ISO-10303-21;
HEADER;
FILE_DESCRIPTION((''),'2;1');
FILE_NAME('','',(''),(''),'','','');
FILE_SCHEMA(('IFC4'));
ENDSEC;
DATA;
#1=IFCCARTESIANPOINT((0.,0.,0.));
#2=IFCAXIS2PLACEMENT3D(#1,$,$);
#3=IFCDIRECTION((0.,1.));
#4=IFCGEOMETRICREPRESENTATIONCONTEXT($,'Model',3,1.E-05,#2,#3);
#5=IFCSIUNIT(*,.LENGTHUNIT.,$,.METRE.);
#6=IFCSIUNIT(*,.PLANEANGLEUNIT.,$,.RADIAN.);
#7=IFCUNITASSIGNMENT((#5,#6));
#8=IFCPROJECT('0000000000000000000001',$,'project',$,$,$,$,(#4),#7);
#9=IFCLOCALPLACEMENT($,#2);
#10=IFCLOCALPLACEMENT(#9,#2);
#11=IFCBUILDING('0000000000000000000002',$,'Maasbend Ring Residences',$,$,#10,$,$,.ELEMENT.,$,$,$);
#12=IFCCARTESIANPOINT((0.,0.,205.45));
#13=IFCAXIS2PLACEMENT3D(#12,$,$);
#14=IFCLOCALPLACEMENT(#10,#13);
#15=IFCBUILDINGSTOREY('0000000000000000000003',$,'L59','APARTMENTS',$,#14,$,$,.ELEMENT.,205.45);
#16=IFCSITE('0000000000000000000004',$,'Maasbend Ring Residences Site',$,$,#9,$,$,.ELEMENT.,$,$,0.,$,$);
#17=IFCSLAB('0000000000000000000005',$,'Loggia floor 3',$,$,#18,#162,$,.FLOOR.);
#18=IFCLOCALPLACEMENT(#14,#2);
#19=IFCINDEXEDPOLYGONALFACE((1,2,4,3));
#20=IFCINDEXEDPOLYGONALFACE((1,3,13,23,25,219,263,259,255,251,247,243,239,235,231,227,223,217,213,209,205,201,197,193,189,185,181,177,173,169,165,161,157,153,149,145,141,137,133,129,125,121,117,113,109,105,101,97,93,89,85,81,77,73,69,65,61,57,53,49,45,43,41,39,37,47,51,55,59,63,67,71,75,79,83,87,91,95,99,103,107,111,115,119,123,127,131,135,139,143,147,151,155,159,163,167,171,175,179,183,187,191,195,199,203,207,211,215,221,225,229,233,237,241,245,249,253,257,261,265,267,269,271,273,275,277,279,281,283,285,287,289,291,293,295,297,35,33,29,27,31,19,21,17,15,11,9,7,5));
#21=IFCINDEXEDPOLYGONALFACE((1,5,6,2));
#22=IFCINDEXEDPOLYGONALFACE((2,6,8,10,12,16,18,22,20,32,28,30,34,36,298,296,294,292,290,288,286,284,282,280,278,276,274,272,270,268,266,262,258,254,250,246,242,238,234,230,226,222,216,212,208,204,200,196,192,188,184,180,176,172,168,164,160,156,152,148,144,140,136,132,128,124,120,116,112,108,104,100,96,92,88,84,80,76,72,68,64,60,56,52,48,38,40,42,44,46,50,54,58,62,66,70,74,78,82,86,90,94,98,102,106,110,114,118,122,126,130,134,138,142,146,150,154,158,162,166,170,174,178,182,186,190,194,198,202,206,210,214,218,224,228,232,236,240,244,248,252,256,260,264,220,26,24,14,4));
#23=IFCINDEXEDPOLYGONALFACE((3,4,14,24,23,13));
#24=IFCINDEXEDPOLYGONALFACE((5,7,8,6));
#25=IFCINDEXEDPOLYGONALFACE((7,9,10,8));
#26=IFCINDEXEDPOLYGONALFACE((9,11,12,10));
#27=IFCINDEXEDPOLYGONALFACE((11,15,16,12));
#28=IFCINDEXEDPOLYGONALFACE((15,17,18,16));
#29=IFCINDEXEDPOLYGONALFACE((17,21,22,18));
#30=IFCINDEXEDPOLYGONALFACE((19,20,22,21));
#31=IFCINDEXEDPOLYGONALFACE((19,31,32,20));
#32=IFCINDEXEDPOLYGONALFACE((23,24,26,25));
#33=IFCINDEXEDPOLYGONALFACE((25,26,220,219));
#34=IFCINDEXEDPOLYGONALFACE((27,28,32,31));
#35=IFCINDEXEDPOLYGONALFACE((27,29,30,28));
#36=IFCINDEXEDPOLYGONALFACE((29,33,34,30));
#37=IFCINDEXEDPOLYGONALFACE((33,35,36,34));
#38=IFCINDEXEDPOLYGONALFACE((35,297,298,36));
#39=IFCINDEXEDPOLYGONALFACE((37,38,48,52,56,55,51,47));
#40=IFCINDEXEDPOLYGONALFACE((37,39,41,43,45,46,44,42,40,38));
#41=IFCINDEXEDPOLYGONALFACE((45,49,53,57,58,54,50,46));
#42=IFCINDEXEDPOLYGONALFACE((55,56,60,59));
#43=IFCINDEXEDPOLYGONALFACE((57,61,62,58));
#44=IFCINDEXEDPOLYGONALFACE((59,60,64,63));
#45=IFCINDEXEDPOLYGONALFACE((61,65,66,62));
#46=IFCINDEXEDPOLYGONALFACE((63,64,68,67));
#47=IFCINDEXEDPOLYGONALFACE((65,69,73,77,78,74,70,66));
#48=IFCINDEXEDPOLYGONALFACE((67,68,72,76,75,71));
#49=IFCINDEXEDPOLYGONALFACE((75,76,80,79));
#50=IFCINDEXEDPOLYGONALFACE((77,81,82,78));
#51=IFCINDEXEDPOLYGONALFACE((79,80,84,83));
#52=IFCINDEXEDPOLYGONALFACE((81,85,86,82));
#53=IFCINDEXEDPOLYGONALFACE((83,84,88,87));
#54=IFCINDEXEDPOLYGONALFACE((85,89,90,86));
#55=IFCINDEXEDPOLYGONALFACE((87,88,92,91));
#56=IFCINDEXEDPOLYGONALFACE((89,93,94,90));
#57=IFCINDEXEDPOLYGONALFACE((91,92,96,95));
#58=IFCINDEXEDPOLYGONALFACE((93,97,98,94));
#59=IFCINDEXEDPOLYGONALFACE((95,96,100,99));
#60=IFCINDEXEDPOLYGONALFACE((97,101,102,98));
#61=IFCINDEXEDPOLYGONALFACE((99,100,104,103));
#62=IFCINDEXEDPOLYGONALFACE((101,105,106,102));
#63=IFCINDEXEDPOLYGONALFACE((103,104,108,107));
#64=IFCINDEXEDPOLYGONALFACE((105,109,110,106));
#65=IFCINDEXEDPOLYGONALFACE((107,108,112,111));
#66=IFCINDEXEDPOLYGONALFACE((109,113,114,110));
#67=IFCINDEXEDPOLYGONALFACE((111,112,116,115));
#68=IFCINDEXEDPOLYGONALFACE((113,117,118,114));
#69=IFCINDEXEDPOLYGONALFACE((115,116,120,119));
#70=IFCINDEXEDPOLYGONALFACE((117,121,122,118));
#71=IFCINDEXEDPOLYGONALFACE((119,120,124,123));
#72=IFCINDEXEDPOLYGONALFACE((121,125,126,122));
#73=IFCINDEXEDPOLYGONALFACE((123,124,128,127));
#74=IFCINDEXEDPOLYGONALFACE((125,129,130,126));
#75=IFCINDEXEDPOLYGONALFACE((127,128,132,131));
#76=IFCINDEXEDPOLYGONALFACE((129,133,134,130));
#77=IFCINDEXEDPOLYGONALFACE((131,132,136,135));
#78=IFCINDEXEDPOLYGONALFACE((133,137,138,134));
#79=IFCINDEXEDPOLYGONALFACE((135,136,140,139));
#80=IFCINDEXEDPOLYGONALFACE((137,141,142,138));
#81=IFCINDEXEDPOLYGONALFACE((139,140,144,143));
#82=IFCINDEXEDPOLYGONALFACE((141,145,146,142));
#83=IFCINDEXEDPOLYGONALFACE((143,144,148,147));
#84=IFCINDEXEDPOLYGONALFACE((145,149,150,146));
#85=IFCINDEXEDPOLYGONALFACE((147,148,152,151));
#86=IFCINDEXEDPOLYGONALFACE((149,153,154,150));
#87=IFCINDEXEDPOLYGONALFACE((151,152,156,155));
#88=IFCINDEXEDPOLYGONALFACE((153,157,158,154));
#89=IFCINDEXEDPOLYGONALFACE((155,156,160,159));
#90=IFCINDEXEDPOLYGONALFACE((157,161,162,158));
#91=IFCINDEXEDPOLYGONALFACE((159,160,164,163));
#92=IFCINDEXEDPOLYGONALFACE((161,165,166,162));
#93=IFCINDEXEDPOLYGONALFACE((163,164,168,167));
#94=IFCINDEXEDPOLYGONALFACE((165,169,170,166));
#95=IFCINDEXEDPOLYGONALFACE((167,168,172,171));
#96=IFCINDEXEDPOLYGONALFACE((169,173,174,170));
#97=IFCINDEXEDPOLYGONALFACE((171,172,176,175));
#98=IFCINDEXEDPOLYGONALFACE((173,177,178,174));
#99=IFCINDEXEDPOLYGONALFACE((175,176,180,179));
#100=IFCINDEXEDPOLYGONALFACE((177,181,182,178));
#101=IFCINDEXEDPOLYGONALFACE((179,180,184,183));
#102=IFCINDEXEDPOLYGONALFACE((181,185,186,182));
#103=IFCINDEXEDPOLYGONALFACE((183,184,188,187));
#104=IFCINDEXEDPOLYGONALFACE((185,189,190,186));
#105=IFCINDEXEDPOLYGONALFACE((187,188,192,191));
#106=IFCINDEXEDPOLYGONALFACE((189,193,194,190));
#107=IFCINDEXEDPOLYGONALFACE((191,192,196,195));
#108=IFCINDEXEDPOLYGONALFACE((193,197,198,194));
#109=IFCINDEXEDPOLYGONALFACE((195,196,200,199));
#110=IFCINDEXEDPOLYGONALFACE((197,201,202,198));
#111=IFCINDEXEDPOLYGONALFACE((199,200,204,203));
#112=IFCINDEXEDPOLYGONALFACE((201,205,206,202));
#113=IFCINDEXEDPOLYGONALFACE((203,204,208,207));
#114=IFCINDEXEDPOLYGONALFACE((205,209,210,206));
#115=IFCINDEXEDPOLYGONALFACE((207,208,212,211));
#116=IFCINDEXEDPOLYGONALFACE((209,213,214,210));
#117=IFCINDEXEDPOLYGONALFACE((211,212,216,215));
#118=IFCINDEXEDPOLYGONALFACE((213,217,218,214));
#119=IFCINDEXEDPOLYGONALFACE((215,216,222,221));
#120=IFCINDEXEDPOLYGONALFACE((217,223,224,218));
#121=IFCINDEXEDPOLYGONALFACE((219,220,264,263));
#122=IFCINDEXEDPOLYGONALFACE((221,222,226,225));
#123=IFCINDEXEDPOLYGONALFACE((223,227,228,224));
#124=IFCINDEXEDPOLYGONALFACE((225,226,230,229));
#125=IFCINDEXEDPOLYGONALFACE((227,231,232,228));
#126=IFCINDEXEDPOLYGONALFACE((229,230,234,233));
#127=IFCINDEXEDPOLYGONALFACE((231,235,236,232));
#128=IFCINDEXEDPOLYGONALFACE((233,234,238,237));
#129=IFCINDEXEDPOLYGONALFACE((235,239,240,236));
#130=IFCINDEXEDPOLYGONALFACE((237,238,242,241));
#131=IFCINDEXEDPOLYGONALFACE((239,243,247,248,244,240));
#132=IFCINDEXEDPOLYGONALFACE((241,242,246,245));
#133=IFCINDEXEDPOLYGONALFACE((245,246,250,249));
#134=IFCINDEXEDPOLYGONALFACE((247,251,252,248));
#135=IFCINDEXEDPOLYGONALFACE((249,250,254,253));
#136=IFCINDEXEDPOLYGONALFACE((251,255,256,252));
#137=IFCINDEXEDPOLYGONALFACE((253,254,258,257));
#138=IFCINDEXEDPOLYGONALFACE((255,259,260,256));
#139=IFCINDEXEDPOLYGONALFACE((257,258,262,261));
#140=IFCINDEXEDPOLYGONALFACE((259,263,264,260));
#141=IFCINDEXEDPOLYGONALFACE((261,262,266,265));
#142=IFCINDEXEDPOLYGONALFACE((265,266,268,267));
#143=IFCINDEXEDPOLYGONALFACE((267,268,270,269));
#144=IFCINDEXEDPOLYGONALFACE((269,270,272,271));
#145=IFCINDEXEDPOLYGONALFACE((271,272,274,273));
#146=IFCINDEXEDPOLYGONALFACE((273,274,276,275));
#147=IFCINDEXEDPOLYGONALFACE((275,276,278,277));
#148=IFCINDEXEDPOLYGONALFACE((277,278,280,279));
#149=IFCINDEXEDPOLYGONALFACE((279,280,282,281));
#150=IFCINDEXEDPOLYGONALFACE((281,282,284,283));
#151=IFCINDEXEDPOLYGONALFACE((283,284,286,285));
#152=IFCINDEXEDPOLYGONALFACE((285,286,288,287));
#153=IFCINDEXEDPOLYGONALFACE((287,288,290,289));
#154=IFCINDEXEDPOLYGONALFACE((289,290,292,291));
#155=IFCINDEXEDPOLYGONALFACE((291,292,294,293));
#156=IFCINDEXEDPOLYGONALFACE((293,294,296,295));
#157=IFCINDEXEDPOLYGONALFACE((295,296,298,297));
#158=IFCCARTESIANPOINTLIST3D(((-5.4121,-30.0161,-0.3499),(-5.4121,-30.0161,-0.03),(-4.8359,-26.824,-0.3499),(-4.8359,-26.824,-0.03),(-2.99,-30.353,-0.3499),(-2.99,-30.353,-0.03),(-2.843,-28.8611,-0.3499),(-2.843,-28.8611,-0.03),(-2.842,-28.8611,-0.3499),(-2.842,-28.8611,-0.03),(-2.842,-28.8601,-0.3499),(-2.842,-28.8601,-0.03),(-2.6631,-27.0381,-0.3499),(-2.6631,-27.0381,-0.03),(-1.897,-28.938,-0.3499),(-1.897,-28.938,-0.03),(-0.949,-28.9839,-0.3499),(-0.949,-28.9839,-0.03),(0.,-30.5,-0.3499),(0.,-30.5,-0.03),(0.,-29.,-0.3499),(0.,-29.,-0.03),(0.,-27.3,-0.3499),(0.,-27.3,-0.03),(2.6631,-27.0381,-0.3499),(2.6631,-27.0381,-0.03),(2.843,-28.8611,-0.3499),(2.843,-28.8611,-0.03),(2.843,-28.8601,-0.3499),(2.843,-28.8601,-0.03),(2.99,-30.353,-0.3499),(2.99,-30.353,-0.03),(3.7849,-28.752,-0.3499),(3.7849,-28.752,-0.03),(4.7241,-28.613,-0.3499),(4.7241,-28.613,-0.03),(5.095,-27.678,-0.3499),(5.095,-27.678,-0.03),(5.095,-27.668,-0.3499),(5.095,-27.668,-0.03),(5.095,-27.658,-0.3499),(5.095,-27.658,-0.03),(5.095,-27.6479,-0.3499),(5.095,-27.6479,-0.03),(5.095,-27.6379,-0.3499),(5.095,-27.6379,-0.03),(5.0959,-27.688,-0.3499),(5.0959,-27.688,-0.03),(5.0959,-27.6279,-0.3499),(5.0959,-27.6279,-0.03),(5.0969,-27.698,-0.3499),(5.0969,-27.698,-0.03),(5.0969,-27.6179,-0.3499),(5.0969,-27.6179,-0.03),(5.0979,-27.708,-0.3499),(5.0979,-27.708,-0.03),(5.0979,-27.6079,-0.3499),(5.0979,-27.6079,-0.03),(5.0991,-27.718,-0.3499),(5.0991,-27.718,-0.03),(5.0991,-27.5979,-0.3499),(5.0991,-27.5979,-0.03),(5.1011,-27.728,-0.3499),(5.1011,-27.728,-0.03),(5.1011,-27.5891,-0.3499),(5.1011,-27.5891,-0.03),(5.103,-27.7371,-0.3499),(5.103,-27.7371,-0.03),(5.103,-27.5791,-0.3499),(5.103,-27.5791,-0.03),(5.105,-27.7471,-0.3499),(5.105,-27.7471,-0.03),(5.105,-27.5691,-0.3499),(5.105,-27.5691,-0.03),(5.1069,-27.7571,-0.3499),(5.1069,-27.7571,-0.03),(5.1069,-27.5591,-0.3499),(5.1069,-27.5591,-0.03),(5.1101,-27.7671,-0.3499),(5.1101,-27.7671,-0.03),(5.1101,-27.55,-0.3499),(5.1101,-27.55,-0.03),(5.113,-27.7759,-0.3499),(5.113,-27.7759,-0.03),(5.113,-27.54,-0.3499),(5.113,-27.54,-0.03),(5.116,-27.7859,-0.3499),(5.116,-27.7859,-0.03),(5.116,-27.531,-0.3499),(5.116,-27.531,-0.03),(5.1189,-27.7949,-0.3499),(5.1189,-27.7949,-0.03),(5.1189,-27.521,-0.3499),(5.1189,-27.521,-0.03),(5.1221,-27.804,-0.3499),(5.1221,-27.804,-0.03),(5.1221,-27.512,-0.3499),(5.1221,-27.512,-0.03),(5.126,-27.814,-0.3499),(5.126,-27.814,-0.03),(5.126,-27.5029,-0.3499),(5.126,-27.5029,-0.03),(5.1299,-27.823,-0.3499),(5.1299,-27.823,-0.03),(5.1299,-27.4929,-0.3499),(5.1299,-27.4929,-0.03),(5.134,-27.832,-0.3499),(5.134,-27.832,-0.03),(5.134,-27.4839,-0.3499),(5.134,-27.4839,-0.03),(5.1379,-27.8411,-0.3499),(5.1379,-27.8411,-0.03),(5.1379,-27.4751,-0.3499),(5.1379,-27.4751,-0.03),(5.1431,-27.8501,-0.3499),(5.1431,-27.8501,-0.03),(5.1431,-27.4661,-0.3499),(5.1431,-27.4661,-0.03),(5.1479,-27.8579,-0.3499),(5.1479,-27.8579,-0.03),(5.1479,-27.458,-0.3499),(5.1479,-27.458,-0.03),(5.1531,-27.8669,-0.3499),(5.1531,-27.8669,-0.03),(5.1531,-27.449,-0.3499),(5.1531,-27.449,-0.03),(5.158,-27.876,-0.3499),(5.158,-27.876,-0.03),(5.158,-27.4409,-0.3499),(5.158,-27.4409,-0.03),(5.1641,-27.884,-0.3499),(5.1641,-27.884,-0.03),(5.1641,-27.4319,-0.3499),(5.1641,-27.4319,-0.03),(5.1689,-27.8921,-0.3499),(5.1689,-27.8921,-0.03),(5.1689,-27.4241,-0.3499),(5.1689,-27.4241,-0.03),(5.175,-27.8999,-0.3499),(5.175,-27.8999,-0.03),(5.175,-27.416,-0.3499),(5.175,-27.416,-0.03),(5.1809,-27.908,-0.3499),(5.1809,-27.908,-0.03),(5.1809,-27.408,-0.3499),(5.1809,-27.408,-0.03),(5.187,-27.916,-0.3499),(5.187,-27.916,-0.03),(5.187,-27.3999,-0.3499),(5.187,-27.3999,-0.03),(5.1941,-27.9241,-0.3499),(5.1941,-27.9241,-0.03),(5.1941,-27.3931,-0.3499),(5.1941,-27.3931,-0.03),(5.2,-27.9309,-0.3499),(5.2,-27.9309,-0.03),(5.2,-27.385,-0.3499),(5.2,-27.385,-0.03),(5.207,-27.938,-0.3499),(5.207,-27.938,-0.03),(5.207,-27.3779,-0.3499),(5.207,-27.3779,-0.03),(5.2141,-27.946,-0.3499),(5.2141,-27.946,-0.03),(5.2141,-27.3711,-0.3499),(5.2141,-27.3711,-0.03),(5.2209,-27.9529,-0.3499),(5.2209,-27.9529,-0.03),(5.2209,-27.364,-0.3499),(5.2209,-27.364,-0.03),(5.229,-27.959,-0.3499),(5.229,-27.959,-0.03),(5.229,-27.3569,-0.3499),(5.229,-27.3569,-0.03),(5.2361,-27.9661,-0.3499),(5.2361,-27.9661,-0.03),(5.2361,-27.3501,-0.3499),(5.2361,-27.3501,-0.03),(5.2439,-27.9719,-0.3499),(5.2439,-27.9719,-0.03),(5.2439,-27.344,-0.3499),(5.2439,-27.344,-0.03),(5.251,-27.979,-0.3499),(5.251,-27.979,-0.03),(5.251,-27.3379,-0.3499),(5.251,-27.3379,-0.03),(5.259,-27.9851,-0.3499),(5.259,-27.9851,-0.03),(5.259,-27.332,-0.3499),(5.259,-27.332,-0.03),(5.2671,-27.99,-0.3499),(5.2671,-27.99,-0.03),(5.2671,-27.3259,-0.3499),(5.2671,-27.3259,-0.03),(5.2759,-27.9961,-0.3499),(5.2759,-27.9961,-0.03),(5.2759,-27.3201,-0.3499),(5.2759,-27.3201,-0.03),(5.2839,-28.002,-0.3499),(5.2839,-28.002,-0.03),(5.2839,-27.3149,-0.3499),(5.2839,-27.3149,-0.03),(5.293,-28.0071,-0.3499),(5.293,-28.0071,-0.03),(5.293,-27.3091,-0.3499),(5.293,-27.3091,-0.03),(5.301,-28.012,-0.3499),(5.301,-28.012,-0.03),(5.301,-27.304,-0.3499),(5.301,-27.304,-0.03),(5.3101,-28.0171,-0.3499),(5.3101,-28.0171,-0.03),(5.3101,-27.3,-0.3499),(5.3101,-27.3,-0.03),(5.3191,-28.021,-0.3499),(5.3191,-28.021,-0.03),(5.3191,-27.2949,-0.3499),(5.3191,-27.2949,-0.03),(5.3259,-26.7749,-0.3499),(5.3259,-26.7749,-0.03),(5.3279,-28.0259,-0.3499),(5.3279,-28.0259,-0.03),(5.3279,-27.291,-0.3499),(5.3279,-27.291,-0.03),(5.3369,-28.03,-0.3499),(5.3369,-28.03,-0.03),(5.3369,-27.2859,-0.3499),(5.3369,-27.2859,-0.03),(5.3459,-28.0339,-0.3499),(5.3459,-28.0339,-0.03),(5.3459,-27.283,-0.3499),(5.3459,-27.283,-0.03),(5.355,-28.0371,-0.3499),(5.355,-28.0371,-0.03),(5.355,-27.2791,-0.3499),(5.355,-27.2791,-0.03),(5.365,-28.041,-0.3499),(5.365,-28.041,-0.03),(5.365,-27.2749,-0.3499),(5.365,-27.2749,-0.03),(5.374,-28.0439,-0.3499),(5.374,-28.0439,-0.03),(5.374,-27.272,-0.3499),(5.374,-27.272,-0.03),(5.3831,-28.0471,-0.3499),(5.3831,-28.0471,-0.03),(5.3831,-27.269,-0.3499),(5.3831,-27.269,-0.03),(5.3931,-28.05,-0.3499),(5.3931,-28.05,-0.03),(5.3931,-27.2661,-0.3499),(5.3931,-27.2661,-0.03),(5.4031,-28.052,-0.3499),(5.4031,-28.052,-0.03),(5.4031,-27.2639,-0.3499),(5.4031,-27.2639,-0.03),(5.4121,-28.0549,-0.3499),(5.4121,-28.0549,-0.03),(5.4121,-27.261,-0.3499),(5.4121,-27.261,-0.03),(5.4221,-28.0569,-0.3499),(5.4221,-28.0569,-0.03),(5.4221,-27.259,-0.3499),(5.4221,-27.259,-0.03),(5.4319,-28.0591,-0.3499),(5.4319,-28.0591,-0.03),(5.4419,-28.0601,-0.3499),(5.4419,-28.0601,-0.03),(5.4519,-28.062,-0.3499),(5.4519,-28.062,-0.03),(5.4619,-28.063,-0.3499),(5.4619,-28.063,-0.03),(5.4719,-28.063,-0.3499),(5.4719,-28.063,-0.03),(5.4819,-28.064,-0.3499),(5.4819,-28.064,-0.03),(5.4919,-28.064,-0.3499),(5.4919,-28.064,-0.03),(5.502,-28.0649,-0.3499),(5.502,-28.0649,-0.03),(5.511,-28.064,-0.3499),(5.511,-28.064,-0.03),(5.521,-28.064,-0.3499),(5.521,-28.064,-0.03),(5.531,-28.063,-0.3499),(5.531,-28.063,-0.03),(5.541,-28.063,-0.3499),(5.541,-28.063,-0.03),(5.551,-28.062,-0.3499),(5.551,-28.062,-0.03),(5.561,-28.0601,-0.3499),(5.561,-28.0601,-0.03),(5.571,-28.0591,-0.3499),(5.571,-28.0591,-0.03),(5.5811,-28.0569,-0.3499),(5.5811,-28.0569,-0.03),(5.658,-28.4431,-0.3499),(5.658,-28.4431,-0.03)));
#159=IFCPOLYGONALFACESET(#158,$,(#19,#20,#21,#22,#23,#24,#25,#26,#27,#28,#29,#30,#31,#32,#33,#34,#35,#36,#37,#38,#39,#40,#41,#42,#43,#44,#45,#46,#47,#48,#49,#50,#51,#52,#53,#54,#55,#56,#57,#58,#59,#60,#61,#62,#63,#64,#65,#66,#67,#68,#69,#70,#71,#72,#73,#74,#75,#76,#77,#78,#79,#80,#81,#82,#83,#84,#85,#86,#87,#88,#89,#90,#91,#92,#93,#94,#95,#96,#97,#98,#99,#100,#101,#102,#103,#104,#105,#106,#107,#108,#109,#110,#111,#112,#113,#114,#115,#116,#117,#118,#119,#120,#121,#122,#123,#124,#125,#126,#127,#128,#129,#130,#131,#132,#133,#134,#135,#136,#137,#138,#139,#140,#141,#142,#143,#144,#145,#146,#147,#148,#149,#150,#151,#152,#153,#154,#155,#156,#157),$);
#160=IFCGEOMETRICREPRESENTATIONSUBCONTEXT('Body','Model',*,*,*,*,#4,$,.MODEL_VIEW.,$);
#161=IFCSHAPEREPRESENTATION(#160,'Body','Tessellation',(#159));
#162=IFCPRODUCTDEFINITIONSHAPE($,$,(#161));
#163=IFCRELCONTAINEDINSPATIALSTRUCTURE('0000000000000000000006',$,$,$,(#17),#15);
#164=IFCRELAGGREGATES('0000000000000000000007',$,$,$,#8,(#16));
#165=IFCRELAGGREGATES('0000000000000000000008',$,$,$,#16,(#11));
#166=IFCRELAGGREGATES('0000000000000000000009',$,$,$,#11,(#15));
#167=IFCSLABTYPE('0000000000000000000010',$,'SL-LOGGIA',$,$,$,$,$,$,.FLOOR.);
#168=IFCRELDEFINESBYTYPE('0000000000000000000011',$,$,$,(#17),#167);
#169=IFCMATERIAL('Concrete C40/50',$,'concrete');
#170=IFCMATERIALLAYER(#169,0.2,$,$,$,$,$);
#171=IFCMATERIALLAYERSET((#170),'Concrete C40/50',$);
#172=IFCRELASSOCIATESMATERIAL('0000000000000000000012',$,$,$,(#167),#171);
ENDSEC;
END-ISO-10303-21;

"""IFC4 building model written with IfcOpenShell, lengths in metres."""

from ifc_helpers import new_model, si_unit, direction, frame, origin, place, context, subcontext, project, spatial, polyline, outline, extrude, material, layer, layer_set, type_object, element, save


model = new_model("IFC4")

# Units and contexts
model_context = context("Model", 3, precision=1e-05, world=origin(), true_north=direction((0.0, 1.0)))
body_context = subcontext(model_context, "Body", "Model", "MODEL_VIEW")
ifc_project = project(units=[si_unit("LENGTHUNIT", "METRE"), si_unit("PLANEANGLEUNIT", "RADIAN")], contexts=[model_context])

# Site, building, storey
site_placement = place(None, origin())
site = spatial("IfcSite", under=ifc_project, at=site_placement, Name="Maasbend Ring Residences Site", CompositionType="ELEMENT", RefElevation=0.0)
building_placement = place(site_placement, origin())
building = spatial("IfcBuilding", under=site, at=building_placement, Name="Maasbend Ring Residences", CompositionType="ELEMENT")
storey_placement = place(building_placement, frame((0.0, 0.0, 205.45)))
storey = spatial("IfcBuildingStorey", under=building, at=storey_placement, Name="L59", Description="APARTMENTS", CompositionType="ELEMENT", Elevation=205.45)

# Slab
ifc_material_1 = material(Name="Concrete C40/50", Category="concrete")
ifc_layer_1 = layer(ifc_material_1, 0.2)
ifc_layer_set_1 = layer_set([ifc_layer_1], Name="Concrete C40/50")
slab_type = type_object("IfcSlabType", Name="SL-LOGGIA", PredefinedType="FLOOR", material=ifc_layer_set_1)
slab_1_placement = place(storey_placement, frame((0.0, 0.0, -0.3499)))
element("IfcSlab", 1, at=slab_1_placement, inside=storey, type_object=slab_type, Name="Loggia floor 3", PredefinedType="FLOOR", context=body_context, shape_type="SweptSolid", body=[
    extrude(outline(polyline([(-2.6631, -27.0381), (0.0, -27.3), (0.0, -27.3), (0.0, -27.3), (2.6631, -27.0381), (5.3259, -26.7749), (5.3259, -26.7749), (5.3259, -26.7749), (5.4221, -27.259), (5.4221, -27.259), (5.4121, -27.261), (5.4031, -27.2639), (5.3931, -27.2661), (5.3831, -27.269), (5.374, -27.272), (5.365, -27.2749), (5.355, -27.2791), (5.3459, -27.283), (5.3369, -27.2859), (5.3279, -27.291), (5.3191, -27.2949), (5.3101, -27.3), (5.301, -27.304), (5.293, -27.3091), (5.2839, -27.3149), (5.2759, -27.3201), (5.2671, -27.3259), (5.259, -27.332), (5.251, -27.3379), (5.2439, -27.344), (5.2361, -27.3501), (5.229, -27.3569), (5.2209, -27.364), (5.2141, -27.3711), (5.207, -27.3779), (5.2, -27.385), (5.1941, -27.3931), (5.187, -27.3999), (5.1809, -27.408), (5.175, -27.416), (5.1689, -27.4241), (5.1641, -27.4319), (5.158, -27.4409), (5.1531, -27.449), (5.1479, -27.458), (5.1431, -27.4661), (5.1379, -27.4751), (5.134, -27.4839), (5.1299, -27.4929), (5.126, -27.5029), (5.1221, -27.512), (5.1189, -27.521), (5.116, -27.531), (5.113, -27.54), (5.1101, -27.55), (5.1069, -27.5591), (5.105, -27.5691), (5.103, -27.5791), (5.1011, -27.5891), (5.0991, -27.5979), (5.0979, -27.6079), (5.0969, -27.6179), (5.0959, -27.6279), (5.095, -27.6379), (5.095, -27.6479), (5.095, -27.658), (5.095, -27.668), (5.095, -27.678), (5.0959, -27.688), (5.0969, -27.698), (5.0979, -27.708), (5.0991, -27.718), (5.1011, -27.728), (5.103, -27.7371), (5.105, -27.7471), (5.1069, -27.7571), (5.1101, -27.7671), (5.113, -27.7759), (5.116, -27.7859), (5.1189, -27.7949), (5.1221, -27.804), (5.126, -27.814), (5.1299, -27.823), (5.134, -27.832), (5.1379, -27.8411), (5.1431, -27.8501), (5.1479, -27.8579), (5.1531, -27.8669), (5.158, -27.876), (5.1641, -27.884), (5.1689, -27.8921), (5.175, -27.8999), (5.1809, -27.908), (5.187, -27.916), (5.1941, -27.9241), (5.2, -27.9309), (5.207, -27.938), (5.2141, -27.946), (5.2209, -27.9529), (5.229, -27.959), (5.2361, -27.9661), (5.2439, -27.9719), (5.251, -27.979), (5.259, -27.9851), (5.2671, -27.99), (5.2759, -27.9961), (5.2839, -28.002), (5.293, -28.0071), (5.301, -28.012), (5.3101, -28.0171), (5.3191, -28.021), (5.3279, -28.0259), (5.3369, -28.03), (5.3459, -28.0339), (5.355, -28.0371), (5.365, -28.041), (5.374, -28.0439), (5.3831, -28.0471), (5.3931, -28.05), (5.4031, -28.052), (5.4121, -28.0549), (5.4221, -28.0569), (5.4319, -28.0591), (5.4419, -28.0601), (5.4519, -28.062), (5.4619, -28.063), (5.4719, -28.063), (5.4819, -28.064), (5.4919, -28.064), (5.502, -28.0649), (5.511, -28.064), (5.521, -28.064), (5.531, -28.063), (5.541, -28.063), (5.551, -28.062), (5.561, -28.0601), (5.571, -28.0591), (5.5811, -28.0569), (5.5811, -28.0569), (5.658, -28.4431), (5.658, -28.4431), (5.658, -28.4431), (4.7241, -28.613), (4.7241, -28.613), (3.7849, -28.752), (3.7849, -28.752), (2.843, -28.8601), (2.843, -28.8601), (2.843, -28.8601), (2.843, -28.8601), (2.843, -28.8601), (2.843, -28.8601), (2.843, -28.8601), (2.843, -28.8601), (2.843, -28.8601), (2.843, -28.8611), (2.843, -28.8611), (2.843, -28.8611), (2.843, -28.8611), (2.843, -28.8611), (2.843, -28.8611), (2.843, -28.8611), (2.843, -28.8611), (2.99, -30.353), (2.99, -30.353), (2.99, -30.353), (0.0, -30.5), (0.0, -30.5), (0.0, -30.5), (0.0, -29.0), (0.0, -29.0), (0.0, -29.0), (0.0, -29.0), (0.0, -29.0), (0.0, -29.0), (0.0, -29.0), (0.0, -29.0), (0.0, -29.0), (0.0, -29.0), (0.0, -29.0), (0.0, -29.0), (0.0, -29.0), (0.0, -29.0), (0.0, -29.0), (0.0, -29.0), (0.0, -29.0), (-0.949, -28.9839), (-0.949, -28.9839), (-1.897, -28.938), (-1.897, -28.938), (-2.842, -28.8601), (-2.842, -28.8601), (-2.842, -28.8601), (-2.842, -28.8601), (-2.842, -28.8601), (-2.842, -28.8601), (-2.842, -28.8601), (-2.842, -28.8601), (-2.842, -28.8611), (-2.842, -28.8611), (-2.842, -28.8611), (-2.842, -28.8611), (-2.842, -28.8611), (-2.843, -28.8611), (-2.843, -28.8611), (-2.843, -28.8611), (-2.843, -28.8611), (-2.99, -30.353), (-2.99, -30.353), (-2.99, -30.353), (-5.4121, -30.0161), (-5.4121, -30.0161), (-5.4121, -30.0161), (-4.8359, -26.824), (-4.8359, -26.824), (-4.8359, -26.824), (-2.6631, -27.0381)])), origin(), (0.0, 0.0, 1.0), 0.3198),
])

save(model, "model.ifc")
